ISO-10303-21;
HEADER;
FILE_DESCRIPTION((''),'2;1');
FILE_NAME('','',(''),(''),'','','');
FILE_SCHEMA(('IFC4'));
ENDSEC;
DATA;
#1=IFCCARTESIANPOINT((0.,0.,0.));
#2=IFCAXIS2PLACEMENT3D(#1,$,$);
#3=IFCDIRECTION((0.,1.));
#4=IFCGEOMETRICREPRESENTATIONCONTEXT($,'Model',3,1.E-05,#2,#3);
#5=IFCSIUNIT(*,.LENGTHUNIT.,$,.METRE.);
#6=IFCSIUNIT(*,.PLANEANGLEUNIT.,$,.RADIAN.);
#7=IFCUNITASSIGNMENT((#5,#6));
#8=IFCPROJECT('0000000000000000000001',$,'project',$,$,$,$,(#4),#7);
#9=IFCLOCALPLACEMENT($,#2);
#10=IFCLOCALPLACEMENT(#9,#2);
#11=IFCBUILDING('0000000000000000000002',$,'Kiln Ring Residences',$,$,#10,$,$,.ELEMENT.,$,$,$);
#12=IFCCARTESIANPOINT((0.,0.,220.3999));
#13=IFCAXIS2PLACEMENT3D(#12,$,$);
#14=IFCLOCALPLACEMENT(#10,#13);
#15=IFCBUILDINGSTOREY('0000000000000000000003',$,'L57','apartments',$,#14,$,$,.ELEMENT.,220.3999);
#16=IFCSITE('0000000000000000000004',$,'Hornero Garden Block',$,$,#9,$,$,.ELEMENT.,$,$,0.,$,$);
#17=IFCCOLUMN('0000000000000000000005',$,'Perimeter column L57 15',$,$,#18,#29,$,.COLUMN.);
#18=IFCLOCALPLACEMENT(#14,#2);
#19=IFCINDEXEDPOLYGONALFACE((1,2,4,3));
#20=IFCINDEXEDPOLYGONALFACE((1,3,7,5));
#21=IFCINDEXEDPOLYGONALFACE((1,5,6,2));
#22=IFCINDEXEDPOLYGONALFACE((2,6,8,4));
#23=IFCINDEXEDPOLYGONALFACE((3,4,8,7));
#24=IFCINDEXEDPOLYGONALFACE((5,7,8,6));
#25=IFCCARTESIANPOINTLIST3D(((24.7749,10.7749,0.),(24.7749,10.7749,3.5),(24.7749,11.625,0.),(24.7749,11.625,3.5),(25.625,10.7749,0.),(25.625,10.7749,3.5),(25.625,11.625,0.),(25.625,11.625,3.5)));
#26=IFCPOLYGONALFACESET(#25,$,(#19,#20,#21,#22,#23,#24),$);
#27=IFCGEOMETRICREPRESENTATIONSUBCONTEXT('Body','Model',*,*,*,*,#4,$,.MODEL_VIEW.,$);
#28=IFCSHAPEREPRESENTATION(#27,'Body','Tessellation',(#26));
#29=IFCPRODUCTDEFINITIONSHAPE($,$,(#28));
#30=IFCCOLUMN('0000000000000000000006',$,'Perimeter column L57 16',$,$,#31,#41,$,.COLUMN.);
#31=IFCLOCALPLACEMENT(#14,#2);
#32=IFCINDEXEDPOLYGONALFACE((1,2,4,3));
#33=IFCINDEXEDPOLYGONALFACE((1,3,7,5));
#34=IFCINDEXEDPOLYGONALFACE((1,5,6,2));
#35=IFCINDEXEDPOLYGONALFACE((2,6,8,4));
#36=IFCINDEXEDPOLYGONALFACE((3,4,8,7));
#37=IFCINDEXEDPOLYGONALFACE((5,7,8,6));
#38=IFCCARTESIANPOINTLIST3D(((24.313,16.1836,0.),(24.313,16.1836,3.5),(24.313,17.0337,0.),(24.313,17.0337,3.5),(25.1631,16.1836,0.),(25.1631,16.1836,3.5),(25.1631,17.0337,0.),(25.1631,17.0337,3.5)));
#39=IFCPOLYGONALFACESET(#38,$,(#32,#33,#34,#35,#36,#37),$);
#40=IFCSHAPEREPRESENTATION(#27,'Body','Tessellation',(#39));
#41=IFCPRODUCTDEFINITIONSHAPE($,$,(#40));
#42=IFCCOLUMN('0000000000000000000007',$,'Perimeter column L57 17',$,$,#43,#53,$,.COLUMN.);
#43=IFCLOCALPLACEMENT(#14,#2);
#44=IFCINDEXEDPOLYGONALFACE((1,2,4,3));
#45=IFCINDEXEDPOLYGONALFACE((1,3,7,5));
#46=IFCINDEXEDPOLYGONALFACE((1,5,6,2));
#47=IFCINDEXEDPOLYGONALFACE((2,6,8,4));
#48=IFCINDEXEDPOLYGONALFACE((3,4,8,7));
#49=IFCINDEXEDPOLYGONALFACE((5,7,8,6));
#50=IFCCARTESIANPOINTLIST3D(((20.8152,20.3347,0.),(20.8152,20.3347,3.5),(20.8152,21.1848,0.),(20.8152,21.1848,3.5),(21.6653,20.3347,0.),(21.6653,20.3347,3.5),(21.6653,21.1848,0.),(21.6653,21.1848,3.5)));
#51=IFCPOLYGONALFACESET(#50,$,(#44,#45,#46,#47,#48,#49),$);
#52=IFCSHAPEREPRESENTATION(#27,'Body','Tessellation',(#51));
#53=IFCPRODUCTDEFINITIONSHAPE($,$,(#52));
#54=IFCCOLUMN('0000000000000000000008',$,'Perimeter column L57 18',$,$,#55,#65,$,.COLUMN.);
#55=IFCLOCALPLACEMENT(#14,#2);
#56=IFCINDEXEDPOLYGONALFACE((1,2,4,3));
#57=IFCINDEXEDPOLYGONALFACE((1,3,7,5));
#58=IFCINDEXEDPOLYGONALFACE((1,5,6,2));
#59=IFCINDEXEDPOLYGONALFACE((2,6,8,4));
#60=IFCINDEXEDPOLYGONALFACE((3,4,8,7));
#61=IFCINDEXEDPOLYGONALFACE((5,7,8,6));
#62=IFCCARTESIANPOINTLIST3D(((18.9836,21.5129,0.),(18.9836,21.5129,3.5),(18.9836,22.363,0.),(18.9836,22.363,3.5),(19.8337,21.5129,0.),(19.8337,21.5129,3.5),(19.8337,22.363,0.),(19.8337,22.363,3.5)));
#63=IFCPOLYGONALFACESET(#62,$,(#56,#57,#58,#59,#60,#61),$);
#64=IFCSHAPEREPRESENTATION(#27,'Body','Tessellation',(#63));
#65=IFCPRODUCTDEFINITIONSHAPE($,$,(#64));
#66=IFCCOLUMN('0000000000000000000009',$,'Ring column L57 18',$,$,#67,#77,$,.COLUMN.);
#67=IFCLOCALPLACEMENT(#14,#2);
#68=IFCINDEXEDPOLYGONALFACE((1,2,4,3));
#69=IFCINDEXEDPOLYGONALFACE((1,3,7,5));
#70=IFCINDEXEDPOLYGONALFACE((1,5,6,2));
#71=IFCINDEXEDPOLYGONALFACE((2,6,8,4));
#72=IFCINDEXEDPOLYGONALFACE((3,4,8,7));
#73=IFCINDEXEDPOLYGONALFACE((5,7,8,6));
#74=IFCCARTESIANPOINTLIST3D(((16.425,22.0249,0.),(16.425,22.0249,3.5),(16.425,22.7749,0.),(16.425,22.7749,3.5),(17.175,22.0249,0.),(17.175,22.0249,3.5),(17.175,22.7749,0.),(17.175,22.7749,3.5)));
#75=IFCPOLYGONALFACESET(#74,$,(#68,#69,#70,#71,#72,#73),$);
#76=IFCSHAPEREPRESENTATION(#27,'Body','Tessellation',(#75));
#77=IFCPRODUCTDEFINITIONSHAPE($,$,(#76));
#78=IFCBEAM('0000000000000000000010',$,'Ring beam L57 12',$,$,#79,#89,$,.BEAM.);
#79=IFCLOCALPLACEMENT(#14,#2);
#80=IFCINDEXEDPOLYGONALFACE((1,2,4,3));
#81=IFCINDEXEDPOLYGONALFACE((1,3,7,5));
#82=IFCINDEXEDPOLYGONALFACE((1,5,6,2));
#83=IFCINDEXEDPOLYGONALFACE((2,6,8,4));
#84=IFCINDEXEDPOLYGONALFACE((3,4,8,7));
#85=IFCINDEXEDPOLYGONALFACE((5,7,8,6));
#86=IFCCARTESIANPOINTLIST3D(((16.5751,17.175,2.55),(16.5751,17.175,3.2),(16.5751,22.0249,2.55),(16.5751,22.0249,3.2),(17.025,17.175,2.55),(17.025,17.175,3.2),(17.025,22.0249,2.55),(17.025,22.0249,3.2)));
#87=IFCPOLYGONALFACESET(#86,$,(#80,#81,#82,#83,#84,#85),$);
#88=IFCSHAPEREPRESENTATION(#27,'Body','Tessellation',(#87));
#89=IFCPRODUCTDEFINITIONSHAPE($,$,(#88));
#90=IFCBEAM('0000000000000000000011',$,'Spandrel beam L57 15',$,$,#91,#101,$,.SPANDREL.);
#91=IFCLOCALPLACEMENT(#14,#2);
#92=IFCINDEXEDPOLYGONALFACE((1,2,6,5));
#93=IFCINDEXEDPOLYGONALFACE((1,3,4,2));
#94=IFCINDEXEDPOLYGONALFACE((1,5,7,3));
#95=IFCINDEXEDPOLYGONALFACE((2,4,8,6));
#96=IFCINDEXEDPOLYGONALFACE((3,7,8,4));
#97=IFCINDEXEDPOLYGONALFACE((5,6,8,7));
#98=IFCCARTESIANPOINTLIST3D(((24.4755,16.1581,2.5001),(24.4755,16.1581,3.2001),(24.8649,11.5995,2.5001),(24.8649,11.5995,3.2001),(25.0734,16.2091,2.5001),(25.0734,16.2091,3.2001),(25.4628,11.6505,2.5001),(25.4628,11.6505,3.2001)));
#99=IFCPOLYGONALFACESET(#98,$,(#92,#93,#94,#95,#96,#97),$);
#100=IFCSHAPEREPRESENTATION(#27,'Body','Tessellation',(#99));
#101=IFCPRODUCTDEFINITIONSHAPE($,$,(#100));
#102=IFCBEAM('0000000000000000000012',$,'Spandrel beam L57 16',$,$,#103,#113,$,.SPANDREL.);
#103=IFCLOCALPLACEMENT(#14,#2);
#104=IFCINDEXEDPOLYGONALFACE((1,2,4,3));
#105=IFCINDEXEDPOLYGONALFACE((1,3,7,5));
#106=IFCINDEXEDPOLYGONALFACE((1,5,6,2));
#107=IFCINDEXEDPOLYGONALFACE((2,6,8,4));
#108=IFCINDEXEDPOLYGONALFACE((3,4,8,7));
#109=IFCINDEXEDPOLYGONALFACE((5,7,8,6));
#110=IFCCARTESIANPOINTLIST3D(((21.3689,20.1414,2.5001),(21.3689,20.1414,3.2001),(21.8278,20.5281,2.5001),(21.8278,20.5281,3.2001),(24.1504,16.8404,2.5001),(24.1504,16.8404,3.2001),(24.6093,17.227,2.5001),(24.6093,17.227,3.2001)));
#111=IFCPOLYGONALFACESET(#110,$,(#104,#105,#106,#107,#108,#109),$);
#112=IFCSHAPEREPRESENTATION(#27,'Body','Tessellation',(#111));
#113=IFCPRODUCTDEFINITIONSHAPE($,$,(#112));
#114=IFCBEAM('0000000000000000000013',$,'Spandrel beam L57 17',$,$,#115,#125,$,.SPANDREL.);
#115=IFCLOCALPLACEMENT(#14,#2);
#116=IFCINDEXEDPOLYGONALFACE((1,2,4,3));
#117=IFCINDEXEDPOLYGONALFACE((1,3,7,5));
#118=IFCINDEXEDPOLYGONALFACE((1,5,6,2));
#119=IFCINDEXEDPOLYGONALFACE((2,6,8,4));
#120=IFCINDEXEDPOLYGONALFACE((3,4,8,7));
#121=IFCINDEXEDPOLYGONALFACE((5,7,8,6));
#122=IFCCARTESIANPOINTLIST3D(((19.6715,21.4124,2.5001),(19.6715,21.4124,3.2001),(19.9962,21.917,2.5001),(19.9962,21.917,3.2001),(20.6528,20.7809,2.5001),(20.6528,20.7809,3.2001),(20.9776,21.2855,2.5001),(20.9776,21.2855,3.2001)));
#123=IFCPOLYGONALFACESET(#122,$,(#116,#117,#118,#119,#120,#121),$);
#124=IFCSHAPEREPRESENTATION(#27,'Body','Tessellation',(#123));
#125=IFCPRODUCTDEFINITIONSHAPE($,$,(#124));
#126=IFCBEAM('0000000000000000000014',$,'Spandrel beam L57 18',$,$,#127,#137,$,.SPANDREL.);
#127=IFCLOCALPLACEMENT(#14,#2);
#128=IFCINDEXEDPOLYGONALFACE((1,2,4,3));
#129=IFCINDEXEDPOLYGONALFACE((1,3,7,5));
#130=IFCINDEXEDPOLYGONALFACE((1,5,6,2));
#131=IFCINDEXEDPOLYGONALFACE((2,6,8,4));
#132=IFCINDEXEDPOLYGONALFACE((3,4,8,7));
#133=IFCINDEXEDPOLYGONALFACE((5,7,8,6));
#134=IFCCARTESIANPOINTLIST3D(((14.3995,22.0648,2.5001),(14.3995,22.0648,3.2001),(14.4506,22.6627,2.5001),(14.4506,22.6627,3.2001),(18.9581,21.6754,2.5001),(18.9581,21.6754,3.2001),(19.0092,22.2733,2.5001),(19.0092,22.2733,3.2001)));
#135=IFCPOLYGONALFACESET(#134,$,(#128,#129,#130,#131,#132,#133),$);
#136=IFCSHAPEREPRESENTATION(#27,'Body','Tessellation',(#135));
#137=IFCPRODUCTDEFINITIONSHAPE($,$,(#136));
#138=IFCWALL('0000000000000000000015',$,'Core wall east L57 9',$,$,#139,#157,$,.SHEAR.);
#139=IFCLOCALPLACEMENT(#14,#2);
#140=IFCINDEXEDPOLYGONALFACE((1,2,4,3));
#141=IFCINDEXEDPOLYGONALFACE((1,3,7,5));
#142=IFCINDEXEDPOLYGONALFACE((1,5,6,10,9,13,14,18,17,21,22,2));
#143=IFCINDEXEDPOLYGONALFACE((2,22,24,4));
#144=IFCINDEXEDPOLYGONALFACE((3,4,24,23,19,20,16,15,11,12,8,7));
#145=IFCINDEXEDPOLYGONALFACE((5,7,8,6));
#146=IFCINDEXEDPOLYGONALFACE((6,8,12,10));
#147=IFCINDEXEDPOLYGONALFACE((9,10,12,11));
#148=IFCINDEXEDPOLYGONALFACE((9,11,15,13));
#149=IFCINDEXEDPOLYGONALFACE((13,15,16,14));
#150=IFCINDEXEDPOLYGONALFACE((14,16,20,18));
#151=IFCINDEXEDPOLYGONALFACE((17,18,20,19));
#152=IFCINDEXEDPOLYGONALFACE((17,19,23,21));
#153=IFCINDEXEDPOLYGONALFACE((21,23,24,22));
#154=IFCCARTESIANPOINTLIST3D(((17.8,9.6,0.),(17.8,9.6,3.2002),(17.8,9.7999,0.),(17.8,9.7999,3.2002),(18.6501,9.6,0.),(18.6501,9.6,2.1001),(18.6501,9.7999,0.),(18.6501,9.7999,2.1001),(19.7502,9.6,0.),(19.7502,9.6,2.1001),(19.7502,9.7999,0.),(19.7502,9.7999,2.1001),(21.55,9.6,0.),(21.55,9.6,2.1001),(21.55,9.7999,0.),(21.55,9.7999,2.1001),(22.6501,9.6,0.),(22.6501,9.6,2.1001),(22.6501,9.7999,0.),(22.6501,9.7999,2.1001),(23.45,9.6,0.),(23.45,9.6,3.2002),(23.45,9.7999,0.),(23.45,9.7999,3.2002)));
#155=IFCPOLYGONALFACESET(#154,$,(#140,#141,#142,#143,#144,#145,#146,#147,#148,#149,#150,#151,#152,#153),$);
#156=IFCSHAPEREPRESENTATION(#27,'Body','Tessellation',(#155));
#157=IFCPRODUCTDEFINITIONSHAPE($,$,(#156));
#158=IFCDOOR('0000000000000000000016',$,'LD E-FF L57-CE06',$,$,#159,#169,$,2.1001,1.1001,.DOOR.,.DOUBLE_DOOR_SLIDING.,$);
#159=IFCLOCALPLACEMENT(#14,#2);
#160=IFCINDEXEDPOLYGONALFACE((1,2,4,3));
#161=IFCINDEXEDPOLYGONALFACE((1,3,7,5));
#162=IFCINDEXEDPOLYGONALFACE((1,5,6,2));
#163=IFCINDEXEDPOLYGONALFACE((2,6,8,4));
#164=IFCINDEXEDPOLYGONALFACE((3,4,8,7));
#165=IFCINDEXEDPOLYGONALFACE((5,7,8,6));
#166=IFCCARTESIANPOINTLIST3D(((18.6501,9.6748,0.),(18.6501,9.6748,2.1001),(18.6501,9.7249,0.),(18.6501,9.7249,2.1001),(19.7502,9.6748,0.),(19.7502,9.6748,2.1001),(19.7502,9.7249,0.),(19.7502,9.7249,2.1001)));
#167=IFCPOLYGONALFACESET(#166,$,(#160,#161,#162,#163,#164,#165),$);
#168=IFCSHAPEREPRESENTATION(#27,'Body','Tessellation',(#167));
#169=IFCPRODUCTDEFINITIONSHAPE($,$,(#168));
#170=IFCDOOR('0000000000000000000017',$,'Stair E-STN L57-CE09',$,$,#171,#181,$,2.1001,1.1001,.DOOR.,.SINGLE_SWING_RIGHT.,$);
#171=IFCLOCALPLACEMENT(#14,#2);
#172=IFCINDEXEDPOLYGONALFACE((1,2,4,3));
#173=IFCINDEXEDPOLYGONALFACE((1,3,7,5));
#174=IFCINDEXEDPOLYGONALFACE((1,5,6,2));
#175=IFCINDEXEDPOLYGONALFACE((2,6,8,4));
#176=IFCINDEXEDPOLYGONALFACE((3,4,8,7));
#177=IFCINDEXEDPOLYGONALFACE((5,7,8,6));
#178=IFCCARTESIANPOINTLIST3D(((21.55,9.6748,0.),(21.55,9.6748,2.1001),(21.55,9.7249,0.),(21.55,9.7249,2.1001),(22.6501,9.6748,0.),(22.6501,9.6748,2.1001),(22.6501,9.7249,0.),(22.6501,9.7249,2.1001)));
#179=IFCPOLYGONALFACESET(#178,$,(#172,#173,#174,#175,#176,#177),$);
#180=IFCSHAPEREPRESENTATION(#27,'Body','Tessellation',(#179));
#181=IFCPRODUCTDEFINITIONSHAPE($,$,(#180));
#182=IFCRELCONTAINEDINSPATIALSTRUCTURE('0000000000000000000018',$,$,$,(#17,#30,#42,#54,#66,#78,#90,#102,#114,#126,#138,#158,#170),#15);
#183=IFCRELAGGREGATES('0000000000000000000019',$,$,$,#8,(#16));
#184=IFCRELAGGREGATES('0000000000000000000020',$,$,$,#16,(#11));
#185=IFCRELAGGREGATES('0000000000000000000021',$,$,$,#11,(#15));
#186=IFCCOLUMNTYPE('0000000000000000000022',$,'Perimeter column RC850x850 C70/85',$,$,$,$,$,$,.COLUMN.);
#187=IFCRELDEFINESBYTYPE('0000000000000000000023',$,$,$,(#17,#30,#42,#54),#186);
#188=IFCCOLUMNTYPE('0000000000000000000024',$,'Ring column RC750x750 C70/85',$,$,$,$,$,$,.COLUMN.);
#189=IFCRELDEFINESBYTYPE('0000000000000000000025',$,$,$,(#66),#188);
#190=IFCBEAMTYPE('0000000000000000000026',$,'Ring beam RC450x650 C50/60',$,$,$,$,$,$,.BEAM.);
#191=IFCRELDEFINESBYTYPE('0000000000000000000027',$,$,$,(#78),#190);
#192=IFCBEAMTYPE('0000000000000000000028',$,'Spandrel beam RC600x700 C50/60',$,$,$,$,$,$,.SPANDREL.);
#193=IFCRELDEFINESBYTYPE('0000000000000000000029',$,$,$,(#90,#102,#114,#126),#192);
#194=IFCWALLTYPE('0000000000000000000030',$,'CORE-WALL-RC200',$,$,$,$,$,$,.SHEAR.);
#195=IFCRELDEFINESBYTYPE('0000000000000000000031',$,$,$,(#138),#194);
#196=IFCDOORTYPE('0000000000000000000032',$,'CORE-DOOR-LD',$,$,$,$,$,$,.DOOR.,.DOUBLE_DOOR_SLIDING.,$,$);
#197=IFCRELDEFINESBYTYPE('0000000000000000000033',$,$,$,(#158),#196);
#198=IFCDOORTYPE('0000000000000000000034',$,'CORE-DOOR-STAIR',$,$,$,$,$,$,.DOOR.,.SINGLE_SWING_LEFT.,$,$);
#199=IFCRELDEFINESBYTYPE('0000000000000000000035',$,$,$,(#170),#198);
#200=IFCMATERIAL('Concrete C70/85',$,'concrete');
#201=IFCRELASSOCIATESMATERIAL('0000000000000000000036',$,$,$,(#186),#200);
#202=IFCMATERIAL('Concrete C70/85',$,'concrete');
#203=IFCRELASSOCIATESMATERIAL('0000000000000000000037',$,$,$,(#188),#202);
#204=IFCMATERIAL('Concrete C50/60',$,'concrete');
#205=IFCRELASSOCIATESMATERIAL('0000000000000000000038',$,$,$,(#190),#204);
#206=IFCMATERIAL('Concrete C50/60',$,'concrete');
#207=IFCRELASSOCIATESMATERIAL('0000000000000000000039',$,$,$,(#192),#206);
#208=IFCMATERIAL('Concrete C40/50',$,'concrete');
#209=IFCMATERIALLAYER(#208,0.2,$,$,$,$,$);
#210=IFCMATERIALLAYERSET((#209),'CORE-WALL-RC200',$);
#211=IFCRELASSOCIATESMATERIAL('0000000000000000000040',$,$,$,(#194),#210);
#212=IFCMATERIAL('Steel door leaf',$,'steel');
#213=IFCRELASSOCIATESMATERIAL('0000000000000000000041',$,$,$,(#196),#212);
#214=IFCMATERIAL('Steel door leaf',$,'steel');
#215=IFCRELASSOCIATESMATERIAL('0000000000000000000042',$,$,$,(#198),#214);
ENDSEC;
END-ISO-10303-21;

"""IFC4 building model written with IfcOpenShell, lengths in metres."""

from ifc_helpers import new_model, si_unit, direction, frame, frame_2d, origin, origin_2d, place, context, subcontext, project, spatial, rectangle, extrude, material, layer, layer_set, material_profile, profile_set, type_object, element, fill, save


model = new_model("IFC4")

# Units and contexts
model_context = context("Model", 3, precision=1e-05, world=origin(), true_north=direction((0.0, 1.0)))
body_context = subcontext(model_context, "Body", "Model", "MODEL_VIEW")
ifc_project = project(units=[si_unit("LENGTHUNIT", "METRE"), si_unit("PLANEANGLEUNIT", "RADIAN")], contexts=[model_context])

# Site, building, storey
site_placement = place(None, origin())
site = spatial("IfcSite", under=ifc_project, at=site_placement, Name="Hornero Garden Block", CompositionType="ELEMENT", RefElevation=0.0)
building_placement = place(site_placement, origin())
building = spatial("IfcBuilding", under=site, at=building_placement, Name="Kiln Ring Residences", CompositionType="ELEMENT")
storey_placement = place(building_placement, frame((0.0, 0.0, 220.3999)))
storey = spatial("IfcBuildingStorey", under=building, at=storey_placement, Name="L57", Description="apartments", CompositionType="ELEMENT", Elevation=220.3999)

# Columns
ifc_material_1 = material(Name="Concrete C70/85", Category="concrete")
ifc_material_profile_1 = material_profile(ifc_material_1, rectangle(XDim=0.8501, YDim=0.8501, at=origin_2d()), Name="RC850x850")
ifc_profile_set_1 = profile_set([ifc_material_profile_1], Name="Concrete C70/85")
column_type_1 = type_object("IfcColumnType", Name="Perimeter column RC850x850 C70/85", PredefinedType="COLUMN", material=ifc_profile_set_1)
for number, where, z_axis, x_axis, name in (
    (1, (25.2, 11.2, 0.0), (0.0, 0.0, 1.0), (1.0, 0.0, 0.0), "Perimeter column L57 15"),
    (2, (24.738, 16.6086, 0.0), (0.0, 0.0, 1.0), (1.0, 0.0, 0.0), "Perimeter column L57 16"),
    (3, (21.2402, 20.7598, 0.0), (0.0, 0.0, 1.0), (1.0, 0.0, 0.0), "Perimeter column L57 17"),
    (4, (19.4087, 21.938, 0.0), (0.0, 0.0, 1.0), (1.0, 0.0, 0.0), "Perimeter column L57 18"),
):
    element("IfcColumn", number, at=place(storey_placement, frame(where, z_axis=z_axis, x_axis=x_axis)), inside=storey, type_object=column_type_1, Name=name, PredefinedType="COLUMN", context=body_context, shape_type="SweptSolid", body=[
        extrude(rectangle(XDim=0.8501, YDim=0.8501, at=origin_2d()), origin(), (0.0, 0.0, 1.0), 3.5),
    ])
ifc_material_2 = material(Name="Concrete C70/85", Category="concrete")
ifc_material_profile_2 = material_profile(ifc_material_2, rectangle(XDim=0.75, YDim=0.75, at=origin_2d()), Name="RC750x750")
ifc_profile_set_2 = profile_set([ifc_material_profile_2], Name="Concrete C70/85")
column_type_2 = type_object("IfcColumnType", Name="Ring column RC750x750 C70/85", PredefinedType="COLUMN", material=ifc_profile_set_2)
column_placement = place(storey_placement, frame((16.8, 22.3999, 0.0), z_axis=(0.0, 0.0, 1.0), x_axis=(1.0, 0.0, 0.0)))
element("IfcColumn", 5, at=column_placement, inside=storey, type_object=column_type_2, Name="Ring column L57 18", PredefinedType="COLUMN", context=body_context, shape_type="SweptSolid", body=[
    extrude(rectangle(XDim=0.75, YDim=0.75, at=origin_2d()), origin(), (0.0, 0.0, 1.0), 3.5),
])

# Beams
ifc_material_3 = material(Name="Concrete C50/60", Category="concrete")
ifc_material_profile_3 = material_profile(ifc_material_3, rectangle(XDim=0.45, YDim=0.6499, at=origin_2d()), Name="RC450x650")
ifc_profile_set_3 = profile_set([ifc_material_profile_3], Name="Concrete C50/60")
beam_type_1 = type_object("IfcBeamType", Name="Ring beam RC450x650 C50/60", PredefinedType="BEAM", material=ifc_profile_set_3)
beam_1_placement = place(storey_placement, frame((16.8, 17.175, 2.875), z_axis=(0.0, 1.0, 0.0), x_axis=(-1.0, 0.0, 0.0)))
element("IfcBeam", 6, at=beam_1_placement, inside=storey, type_object=beam_type_1, Name="Ring beam L57 12", PredefinedType="BEAM", context=body_context, shape_type="SweptSolid", body=[
    extrude(rectangle(XDim=0.45, YDim=0.6499, at=origin_2d()), origin(), (0.0, 0.0, 1.0), 4.8499),
])
ifc_material_4 = material(Name="Concrete C50/60", Category="concrete")
ifc_material_profile_4 = material_profile(ifc_material_4, rectangle(XDim=0.6001, YDim=0.7, at=origin_2d()), Name="RC600x700")
ifc_profile_set_4 = profile_set([ifc_material_profile_4], Name="Concrete C50/60")
beam_type_2 = type_object("IfcBeamType", Name="Spandrel beam RC600x700 C50/60", PredefinedType="SPANDREL", material=ifc_profile_set_4)
beam_2_placement = place(storey_placement, frame((25.1638, 11.625, 2.8501), z_axis=(-0.085112, 0.996371, 0.0), x_axis=(-0.996371, -0.085112, 0.0)))
element("IfcBeam", 7, at=beam_2_placement, inside=storey, type_object=beam_type_2, Name="Spandrel beam L57 15", PredefinedType="SPANDREL", context=body_context, shape_type="SweptSolid", body=[
    extrude(rectangle(XDim=0.6001, YDim=0.7, at=origin_2d()), origin(), (0.0, 0.0, 1.0), 4.5752),
])
beam_3_placement = place(storey_placement, frame((24.3799, 17.0337, 2.8501), z_axis=(-0.644364, 0.764719, 0.0), x_axis=(-0.764719, -0.644364, 0.0)))
element("IfcBeam", 8, at=beam_3_placement, inside=storey, type_object=beam_type_2, Name="Spandrel beam L57 16", PredefinedType="SPANDREL", context=body_context, shape_type="SweptSolid", body=[
    extrude(rectangle(XDim=0.6001, YDim=0.7, at=origin_2d()), origin(), (0.0, 0.0, 1.0), 4.3167),
])
beam_4_placement = place(storey_placement, frame((20.8152, 21.0332, 2.8501), z_axis=(-0.84092, 0.541159, 0.0), x_axis=(-0.541159, -0.84092, 0.0)))
element("IfcBeam", 9, at=beam_4_placement, inside=storey, type_object=beam_type_2, Name="Spandrel beam L57 17", PredefinedType="SPANDREL", context=body_context, shape_type="SweptSolid", body=[
    extrude(rectangle(XDim=0.6001, YDim=0.7, at=origin_2d()), origin(), (0.0, 0.0, 1.0), 1.167),
])
beam_5_placement = place(storey_placement, frame((18.9836, 21.9744, 2.8501), z_axis=(-0.996371, 0.085112, 0.0), x_axis=(-0.085112, -0.996371, 0.0)))
element("IfcBeam", 10, at=beam_5_placement, inside=storey, type_object=beam_type_2, Name="Spandrel beam L57 18", PredefinedType="SPANDREL", context=body_context, shape_type="SweptSolid", body=[
    extrude(rectangle(XDim=0.6001, YDim=0.7, at=origin_2d()), origin(), (0.0, 0.0, 1.0), 4.5752),
])

# Wall, openings, doors
ifc_material_5 = material(Name="Concrete C40/50", Category="concrete")
ifc_layer_1 = layer(ifc_material_5, 0.2)
ifc_layer_set_1 = layer_set([ifc_layer_1], Name="CORE-WALL-RC200")
wall_type_1 = type_object("IfcWallType", Name="CORE-WALL-RC200", PredefinedType="SHEAR", material=ifc_layer_set_1)
wall_1_placement = place(storey_placement, frame((17.8, 9.7, 0.0), z_axis=(0.0, 0.0, 1.0), x_axis=(1.0, 0.0, 0.0)))
wall_1 = element("IfcWall", 11, at=wall_1_placement, inside=storey, type_object=wall_type_1, Name="Core wall east L57 9", PredefinedType="SHEAR", context=body_context, shape_type="SweptSolid", body=[
    extrude(rectangle(XDim=5.6499, YDim=0.2, at=frame_2d((2.825, 0.0))), origin(), (0.0, 0.0, 1.0), 3.2002),
])
opening_1_placement = place(wall_1_placement, frame((0.8501, 0.0, 0.0)))
opening_1 = element("IfcOpeningElement", 12, at=opening_1_placement, cuts=wall_1, PredefinedType="OPENING", context=body_context, shape_type="SweptSolid", body=[
    extrude(rectangle(XDim=1.1001, YDim=2.1001, at=frame_2d((0.55, 1.05))), frame((0.0, 0.1099, 0.0), z_axis=(0.0, -1.0, 0.0), x_axis=(1.0, 0.0, 0.0)), (0.0, 0.0, 1.0), 0.22),
])
opening_2_placement = place(wall_1_placement, frame((3.75, 0.0, 0.0)))
opening_2 = element("IfcOpeningElement", 13, at=opening_2_placement, cuts=wall_1, PredefinedType="OPENING", context=body_context, shape_type="SweptSolid", body=[
    extrude(rectangle(XDim=1.1001, YDim=2.1001, at=frame_2d((0.55, 1.05))), frame((0.0, 0.1099, 0.0), z_axis=(0.0, -1.0, 0.0), x_axis=(1.0, 0.0, 0.0)), (0.0, 0.0, 1.0), 0.22),
])
ifc_material_6 = material(Name="Steel door leaf", Category="steel")
door_type_1 = type_object("IfcDoorType", Name="CORE-DOOR-LD", OperationType="DOUBLE_DOOR_SLIDING", PredefinedType="DOOR", material=ifc_material_6)
door_1_placement = place(opening_1_placement, origin())
door_1 = element("IfcDoor", 14, at=door_1_placement, inside=storey, type_object=door_type_1, Name="LD E-FF L57-CE06", OperationType="DOUBLE_DOOR_SLIDING", OverallHeight=2.1001, OverallWidth=1.1001, PredefinedType="DOOR", context=body_context, shape_type="SweptSolid", body=[
    extrude(rectangle(XDim=1.1001, YDim=2.1001, at=frame_2d((0.55, 1.05))), frame((0.0, 0.0249, 0.0), z_axis=(0.0, -1.0, 0.0), x_axis=(1.0, 0.0, 0.0)), (0.0, 0.0, 1.0), 0.05),
])
fill(opening_1, door_1)
ifc_material_7 = material(Name="Steel door leaf", Category="steel")
door_type_2 = type_object("IfcDoorType", Name="CORE-DOOR-STAIR", OperationType="SINGLE_SWING_LEFT", PredefinedType="DOOR", material=ifc_material_7)
door_2_placement = place(opening_2_placement, origin())
door_2 = element("IfcDoor", 15, at=door_2_placement, inside=storey, type_object=door_type_2, Name="Stair E-STN L57-CE09", OperationType="SINGLE_SWING_RIGHT", OverallHeight=2.1001, OverallWidth=1.1001, PredefinedType="DOOR", context=body_context, shape_type="SweptSolid", body=[
    extrude(rectangle(XDim=1.1001, YDim=2.1001, at=frame_2d((0.55, 1.05))), frame((0.0, 0.0249, 0.0), z_axis=(0.0, -1.0, 0.0), x_axis=(1.0, 0.0, 0.0)), (0.0, 0.0, 1.0), 0.05),
])
fill(opening_2, door_2)

save(model, "model.ifc")
